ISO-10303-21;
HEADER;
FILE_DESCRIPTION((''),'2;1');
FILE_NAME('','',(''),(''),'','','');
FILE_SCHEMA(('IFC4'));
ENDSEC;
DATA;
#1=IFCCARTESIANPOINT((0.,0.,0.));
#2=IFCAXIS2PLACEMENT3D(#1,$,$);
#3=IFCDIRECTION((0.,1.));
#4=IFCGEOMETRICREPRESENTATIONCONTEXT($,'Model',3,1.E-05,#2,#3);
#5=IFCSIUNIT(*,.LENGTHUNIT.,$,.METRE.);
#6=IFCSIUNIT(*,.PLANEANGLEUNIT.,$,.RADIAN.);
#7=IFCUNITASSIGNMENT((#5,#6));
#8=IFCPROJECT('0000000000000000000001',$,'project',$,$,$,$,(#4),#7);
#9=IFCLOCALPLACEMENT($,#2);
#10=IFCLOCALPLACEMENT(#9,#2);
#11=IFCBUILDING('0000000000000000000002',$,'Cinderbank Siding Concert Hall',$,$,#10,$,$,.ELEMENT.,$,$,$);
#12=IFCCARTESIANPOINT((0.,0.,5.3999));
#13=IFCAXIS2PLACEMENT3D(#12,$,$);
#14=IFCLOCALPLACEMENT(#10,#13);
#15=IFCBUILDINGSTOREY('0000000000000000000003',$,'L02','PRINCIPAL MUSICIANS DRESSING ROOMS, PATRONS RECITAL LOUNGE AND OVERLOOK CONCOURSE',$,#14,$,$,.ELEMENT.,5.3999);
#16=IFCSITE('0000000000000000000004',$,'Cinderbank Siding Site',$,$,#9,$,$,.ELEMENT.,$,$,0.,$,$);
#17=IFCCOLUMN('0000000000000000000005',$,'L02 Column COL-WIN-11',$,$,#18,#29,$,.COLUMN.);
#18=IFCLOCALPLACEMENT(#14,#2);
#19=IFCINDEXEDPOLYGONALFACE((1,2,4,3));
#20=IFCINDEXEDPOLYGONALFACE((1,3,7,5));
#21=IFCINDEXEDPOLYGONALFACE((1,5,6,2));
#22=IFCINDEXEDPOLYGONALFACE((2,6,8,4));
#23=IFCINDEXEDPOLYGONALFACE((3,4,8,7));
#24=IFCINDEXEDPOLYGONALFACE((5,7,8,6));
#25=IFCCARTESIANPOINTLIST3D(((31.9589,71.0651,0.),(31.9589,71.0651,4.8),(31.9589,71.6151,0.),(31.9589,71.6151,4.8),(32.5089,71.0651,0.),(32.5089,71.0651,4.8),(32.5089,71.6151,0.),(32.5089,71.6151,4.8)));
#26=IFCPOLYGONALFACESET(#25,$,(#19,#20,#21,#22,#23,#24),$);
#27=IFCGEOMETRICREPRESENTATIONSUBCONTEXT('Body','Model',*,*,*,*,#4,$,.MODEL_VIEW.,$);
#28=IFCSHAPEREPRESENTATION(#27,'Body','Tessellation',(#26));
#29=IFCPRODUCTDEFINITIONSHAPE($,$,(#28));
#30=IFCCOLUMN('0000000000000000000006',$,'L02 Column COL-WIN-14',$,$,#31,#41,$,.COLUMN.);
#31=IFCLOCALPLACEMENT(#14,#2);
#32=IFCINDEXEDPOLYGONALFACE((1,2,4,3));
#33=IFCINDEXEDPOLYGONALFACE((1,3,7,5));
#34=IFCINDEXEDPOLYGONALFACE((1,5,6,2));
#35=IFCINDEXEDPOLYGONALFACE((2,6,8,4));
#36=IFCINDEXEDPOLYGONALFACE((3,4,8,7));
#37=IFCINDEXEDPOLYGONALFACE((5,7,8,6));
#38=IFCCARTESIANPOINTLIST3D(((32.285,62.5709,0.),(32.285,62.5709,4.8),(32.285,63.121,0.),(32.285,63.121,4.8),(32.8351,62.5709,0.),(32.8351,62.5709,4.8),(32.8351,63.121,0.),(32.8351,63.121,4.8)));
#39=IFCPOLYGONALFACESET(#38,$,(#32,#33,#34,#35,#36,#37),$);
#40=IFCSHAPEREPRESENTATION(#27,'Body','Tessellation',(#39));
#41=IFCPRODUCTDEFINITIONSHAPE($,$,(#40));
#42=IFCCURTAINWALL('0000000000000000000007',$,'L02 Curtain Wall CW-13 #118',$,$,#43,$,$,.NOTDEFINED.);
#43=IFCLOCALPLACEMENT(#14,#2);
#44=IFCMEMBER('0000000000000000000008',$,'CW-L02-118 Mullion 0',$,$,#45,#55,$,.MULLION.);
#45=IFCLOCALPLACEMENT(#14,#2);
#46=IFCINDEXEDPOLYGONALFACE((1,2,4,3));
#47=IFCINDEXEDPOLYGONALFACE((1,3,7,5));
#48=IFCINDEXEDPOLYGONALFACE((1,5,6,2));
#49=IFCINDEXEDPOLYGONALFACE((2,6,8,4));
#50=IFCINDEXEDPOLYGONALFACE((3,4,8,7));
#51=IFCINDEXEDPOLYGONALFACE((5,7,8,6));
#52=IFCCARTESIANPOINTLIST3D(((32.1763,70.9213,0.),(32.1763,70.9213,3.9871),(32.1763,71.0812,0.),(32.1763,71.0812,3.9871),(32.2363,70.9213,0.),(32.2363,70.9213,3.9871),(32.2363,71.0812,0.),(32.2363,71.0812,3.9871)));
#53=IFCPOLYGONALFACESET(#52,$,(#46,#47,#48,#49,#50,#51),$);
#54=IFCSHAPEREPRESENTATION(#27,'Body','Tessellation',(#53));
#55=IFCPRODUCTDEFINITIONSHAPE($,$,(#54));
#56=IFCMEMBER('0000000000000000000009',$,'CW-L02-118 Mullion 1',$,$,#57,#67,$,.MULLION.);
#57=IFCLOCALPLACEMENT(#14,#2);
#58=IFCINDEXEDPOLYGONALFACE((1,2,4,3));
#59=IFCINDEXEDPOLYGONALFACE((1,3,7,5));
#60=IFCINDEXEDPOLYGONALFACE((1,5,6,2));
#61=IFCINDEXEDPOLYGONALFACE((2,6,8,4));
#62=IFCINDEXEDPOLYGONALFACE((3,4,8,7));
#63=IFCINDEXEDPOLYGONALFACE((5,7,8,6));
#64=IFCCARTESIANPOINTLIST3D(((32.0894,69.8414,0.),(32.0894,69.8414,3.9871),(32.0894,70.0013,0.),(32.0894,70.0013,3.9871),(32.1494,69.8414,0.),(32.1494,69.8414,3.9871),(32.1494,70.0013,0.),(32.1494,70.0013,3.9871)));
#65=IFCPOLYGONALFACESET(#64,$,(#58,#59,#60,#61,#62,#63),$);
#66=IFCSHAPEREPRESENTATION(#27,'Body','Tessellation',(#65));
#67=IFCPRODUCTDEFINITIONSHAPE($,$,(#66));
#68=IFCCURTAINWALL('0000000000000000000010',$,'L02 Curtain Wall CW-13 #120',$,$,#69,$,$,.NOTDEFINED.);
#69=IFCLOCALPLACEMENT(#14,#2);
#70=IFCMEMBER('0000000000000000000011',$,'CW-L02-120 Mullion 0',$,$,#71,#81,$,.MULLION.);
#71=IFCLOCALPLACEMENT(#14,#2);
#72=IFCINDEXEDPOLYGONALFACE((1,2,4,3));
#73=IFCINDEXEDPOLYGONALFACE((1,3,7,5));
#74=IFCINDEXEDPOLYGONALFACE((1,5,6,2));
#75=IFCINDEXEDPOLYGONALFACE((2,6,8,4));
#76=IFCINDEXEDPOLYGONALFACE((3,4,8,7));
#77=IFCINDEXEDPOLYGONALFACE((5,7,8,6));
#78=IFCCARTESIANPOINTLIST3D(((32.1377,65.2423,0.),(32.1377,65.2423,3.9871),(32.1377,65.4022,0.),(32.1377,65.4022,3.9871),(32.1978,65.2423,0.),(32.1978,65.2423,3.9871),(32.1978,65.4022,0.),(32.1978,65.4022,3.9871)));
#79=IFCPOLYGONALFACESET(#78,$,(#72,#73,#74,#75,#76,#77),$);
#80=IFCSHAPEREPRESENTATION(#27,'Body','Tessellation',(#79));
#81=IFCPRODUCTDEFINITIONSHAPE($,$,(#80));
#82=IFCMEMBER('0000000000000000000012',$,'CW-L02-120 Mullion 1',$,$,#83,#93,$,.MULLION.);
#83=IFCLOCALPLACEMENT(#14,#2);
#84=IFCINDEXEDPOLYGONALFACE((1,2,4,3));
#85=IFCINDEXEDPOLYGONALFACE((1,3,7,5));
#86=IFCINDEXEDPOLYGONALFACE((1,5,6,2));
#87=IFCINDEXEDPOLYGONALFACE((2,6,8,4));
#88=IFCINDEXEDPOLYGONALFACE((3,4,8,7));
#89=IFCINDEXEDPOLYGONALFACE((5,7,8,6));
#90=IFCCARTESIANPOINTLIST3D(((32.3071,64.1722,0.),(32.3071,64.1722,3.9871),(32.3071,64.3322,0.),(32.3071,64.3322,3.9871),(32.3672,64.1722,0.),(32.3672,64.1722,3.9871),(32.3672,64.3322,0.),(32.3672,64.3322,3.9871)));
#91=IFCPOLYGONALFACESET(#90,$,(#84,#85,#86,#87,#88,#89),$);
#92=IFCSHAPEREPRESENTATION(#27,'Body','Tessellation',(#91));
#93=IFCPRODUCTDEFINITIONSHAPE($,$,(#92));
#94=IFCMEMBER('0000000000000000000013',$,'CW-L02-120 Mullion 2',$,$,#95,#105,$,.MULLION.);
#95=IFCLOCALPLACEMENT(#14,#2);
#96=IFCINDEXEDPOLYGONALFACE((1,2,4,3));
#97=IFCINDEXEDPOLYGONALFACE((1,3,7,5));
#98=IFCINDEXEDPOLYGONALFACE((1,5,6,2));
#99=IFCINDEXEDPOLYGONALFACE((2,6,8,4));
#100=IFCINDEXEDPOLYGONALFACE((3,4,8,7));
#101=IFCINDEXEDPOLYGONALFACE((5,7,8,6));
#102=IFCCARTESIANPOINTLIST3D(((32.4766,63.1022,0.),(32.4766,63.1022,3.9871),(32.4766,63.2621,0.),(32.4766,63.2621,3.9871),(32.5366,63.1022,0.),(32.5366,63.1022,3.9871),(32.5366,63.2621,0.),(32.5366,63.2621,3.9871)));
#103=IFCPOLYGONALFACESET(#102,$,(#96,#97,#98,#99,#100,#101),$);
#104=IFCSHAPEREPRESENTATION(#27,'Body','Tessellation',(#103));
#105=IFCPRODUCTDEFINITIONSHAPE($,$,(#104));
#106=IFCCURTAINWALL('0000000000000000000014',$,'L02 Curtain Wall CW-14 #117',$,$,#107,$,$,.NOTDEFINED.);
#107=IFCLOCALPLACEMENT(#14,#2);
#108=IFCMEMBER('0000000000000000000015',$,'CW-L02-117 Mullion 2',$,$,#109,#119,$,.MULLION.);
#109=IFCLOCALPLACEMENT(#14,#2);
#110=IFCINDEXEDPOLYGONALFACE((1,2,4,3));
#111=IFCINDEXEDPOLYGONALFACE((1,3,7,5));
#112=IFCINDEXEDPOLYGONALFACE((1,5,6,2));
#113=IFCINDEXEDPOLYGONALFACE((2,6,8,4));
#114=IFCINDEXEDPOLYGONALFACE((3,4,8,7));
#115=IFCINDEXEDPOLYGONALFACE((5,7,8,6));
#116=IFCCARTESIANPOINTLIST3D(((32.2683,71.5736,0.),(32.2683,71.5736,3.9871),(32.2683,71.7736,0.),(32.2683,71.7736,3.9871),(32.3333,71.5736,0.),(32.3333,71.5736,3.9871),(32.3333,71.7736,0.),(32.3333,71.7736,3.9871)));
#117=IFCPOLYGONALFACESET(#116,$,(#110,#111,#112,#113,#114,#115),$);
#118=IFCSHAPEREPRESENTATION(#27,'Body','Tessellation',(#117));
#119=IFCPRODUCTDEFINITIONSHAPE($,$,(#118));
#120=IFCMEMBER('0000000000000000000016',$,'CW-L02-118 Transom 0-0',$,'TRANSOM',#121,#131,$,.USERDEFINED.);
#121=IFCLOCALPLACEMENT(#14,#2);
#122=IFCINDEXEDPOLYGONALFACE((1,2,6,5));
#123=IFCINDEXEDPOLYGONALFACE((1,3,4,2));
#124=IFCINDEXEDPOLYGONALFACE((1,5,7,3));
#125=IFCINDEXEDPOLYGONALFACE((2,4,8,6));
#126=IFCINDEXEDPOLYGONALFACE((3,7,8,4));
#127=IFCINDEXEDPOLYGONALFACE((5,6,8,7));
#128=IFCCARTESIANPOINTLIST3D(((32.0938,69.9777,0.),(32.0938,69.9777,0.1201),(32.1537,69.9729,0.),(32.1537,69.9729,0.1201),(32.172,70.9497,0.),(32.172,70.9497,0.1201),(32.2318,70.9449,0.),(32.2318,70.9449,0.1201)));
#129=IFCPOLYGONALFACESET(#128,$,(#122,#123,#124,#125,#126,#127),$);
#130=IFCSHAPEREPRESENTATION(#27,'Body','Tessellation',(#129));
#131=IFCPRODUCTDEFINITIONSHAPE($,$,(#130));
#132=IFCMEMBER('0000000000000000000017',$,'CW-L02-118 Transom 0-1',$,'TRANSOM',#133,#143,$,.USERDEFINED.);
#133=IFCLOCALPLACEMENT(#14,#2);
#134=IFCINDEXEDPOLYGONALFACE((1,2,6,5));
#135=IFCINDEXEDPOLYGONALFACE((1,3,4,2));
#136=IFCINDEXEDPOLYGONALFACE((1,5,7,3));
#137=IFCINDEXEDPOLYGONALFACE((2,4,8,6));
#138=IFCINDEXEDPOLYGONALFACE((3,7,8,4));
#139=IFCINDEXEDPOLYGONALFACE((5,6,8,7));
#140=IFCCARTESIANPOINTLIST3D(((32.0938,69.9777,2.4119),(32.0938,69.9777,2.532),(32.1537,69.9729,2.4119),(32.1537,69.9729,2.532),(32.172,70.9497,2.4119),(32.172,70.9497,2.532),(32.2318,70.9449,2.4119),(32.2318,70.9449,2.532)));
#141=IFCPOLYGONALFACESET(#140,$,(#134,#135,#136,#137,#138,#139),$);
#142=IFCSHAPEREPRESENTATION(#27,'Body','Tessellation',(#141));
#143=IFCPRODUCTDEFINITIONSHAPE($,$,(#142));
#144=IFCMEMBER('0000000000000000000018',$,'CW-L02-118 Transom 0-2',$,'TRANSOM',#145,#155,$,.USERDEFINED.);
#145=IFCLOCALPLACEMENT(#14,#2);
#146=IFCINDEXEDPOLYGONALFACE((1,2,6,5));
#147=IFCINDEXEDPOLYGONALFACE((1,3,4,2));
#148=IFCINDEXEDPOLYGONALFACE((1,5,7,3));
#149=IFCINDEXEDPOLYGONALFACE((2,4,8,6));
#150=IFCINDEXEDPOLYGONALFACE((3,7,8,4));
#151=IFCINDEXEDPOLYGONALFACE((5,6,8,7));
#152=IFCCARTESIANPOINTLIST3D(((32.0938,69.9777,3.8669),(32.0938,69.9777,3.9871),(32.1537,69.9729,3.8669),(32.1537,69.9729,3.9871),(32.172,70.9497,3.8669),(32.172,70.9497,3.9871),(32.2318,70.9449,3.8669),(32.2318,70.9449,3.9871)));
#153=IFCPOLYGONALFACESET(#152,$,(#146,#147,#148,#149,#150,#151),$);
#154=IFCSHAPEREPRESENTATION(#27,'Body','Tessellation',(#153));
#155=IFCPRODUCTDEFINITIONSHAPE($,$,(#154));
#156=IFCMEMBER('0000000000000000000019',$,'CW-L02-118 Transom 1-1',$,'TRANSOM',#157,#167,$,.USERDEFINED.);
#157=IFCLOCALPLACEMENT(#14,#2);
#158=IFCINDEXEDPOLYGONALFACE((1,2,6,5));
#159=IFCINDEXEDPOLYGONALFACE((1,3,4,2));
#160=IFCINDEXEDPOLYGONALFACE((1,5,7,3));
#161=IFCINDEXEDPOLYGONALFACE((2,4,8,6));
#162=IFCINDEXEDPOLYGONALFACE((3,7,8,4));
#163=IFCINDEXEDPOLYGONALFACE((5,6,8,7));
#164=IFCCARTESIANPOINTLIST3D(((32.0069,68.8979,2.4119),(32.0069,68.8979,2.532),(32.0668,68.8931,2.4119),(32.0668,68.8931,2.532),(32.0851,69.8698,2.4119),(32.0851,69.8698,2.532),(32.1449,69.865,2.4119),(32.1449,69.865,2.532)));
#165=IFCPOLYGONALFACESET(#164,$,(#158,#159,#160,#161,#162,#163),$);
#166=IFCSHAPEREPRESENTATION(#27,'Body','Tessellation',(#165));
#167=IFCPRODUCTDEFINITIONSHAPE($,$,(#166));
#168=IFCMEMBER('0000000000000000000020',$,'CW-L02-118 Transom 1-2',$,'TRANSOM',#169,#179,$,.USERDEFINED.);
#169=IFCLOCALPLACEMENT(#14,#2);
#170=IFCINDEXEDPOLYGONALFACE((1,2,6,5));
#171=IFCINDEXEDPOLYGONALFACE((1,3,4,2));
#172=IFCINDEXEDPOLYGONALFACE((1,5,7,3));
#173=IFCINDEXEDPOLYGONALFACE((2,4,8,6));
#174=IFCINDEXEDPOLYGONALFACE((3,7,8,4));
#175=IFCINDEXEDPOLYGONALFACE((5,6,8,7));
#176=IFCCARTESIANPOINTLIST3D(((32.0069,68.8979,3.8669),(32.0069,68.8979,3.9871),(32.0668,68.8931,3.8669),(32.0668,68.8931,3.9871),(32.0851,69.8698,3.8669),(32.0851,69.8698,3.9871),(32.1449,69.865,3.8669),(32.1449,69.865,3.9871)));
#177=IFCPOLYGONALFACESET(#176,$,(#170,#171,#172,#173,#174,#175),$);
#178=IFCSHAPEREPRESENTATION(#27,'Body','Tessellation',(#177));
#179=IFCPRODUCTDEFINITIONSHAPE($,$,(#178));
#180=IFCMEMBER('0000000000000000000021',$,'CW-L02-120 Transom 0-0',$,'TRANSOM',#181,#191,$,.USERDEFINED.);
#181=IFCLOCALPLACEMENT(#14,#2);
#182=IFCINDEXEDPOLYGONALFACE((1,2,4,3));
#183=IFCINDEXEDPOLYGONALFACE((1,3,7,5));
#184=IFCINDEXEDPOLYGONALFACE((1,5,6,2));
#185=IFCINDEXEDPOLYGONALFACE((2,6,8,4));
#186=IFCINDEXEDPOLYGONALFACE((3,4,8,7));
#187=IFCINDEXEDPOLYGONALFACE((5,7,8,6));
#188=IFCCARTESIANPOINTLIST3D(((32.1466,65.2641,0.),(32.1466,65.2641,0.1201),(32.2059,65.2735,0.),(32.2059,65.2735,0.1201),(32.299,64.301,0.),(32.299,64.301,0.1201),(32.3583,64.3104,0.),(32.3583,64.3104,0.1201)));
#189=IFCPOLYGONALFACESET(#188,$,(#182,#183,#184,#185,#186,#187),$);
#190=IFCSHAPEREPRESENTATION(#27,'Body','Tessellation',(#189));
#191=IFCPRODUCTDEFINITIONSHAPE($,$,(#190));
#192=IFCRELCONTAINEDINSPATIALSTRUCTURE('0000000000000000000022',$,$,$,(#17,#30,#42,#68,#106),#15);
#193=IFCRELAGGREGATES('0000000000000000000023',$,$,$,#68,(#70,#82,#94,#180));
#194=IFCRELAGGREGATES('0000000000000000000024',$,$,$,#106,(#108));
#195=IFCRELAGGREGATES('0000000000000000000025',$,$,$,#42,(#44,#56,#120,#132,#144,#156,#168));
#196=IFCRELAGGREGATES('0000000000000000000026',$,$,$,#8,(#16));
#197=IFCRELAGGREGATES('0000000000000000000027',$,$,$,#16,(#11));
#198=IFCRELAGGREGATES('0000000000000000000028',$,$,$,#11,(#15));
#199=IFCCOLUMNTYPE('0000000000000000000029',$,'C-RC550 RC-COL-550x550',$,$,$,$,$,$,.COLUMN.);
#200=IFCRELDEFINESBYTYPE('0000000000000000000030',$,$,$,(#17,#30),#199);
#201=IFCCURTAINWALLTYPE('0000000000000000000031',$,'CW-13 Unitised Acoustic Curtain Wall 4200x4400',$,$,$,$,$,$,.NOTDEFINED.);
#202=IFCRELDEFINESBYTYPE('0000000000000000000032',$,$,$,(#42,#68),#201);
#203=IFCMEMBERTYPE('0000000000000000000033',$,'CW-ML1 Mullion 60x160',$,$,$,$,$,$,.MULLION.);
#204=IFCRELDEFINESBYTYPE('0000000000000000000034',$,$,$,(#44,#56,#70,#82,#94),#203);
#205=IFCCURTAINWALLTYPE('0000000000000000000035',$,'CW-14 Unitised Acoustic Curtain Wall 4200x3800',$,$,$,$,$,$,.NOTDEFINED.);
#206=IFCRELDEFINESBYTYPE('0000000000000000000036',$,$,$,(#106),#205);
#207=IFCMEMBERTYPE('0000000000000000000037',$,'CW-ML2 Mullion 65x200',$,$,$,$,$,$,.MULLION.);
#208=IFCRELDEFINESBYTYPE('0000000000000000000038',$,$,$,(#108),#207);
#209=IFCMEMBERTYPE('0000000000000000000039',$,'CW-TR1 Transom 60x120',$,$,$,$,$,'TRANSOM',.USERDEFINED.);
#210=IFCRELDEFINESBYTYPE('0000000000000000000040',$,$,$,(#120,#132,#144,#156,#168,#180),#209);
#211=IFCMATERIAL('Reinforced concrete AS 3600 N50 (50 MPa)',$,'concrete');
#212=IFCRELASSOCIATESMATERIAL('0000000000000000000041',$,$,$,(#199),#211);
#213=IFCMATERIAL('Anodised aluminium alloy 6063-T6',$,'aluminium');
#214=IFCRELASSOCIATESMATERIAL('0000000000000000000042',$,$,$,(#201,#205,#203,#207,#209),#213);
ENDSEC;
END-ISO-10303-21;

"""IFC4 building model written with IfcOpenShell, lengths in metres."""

from ifc_helpers import new_model, si_unit, direction, frame, origin, origin_2d, place, context, subcontext, project, spatial, rectangle, extrude, material, material_profile, profile_set, type_object, element, aggregate, save


model = new_model("IFC4")

# Units and contexts
model_context = context("Model", 3, precision=1e-05, world=origin(), true_north=direction((0.0, 1.0)))
body_context = subcontext(model_context, "Body", "Model", "MODEL_VIEW")
ifc_project = project(units=[si_unit("LENGTHUNIT", "METRE"), si_unit("PLANEANGLEUNIT", "RADIAN")], contexts=[model_context])

# Site, building, storey
site_placement = place(None, origin())
site = spatial("IfcSite", under=ifc_project, at=site_placement, Name="Cinderbank Siding Site", CompositionType="ELEMENT", RefElevation=0.0)
building_placement = place(site_placement, origin())
building = spatial("IfcBuilding", under=site, at=building_placement, Name="Cinderbank Siding Concert Hall", CompositionType="ELEMENT")
storey_placement = place(building_placement, frame((0.0, 0.0, 5.3999)))
storey = spatial("IfcBuildingStorey", under=building, at=storey_placement, Name="L02", Description="PRINCIPAL MUSICIANS DRESSING ROOMS, PATRONS RECITAL LOUNGE AND OVERLOOK CONCOURSE", CompositionType="ELEMENT", Elevation=5.3999)

# Columns
ifc_material_1 = material(Name="Reinforced concrete AS 3600 N50 (50 MPa)", Category="concrete")
ifc_material_profile_1 = material_profile(ifc_material_1, rectangle(XDim=0.55, YDim=0.55, at=origin_2d()), Name="RC-COL-550x550", Category="LoadBearing")
ifc_profile_set_1 = profile_set([ifc_material_profile_1], Name="Reinforced concrete AS 3600 N50 (50 MPa)")
column_type = type_object("IfcColumnType", Name="C-RC550 RC-COL-550x550", PredefinedType="COLUMN", material=ifc_profile_set_1)
for number, where, z_axis, x_axis, name in (
    (1, (32.2339, 71.3401, 0.0), (0.0, 0.0, 1.0), (1.0, 0.0, 0.0), "L02 Column COL-WIN-11"),
    (2, (32.5601, 62.8459, 0.0), (0.0, 0.0, 1.0), (1.0, 0.0, 0.0), "L02 Column COL-WIN-14"),
):
    element("IfcColumn", number, at=place(storey_placement, frame(where, z_axis=z_axis, x_axis=x_axis)), inside=storey, type_object=column_type, Name=name, PredefinedType="COLUMN", context=body_context, shape_type="SweptSolid", body=[
        extrude(rectangle(XDim=0.55, YDim=0.55, at=origin_2d()), origin(), (0.0, 0.0, 1.0), 4.8),
    ])

# Curtain walls, members
ifc_material_2 = material(Name="Anodised aluminium alloy 6063-T6", Category="aluminium")
curtain_wall_type_1 = type_object("IfcCurtainWallType", Name="CW-13 Unitised Acoustic Curtain Wall 4200x4400", PredefinedType="NOTDEFINED", material=ifc_material_2)
curtain_wall_1_placement = place(storey_placement, origin())
curtain_wall_1 = element("IfcCurtainWall", 3, at=curtain_wall_1_placement, inside=storey, type_object=curtain_wall_type_1, Name="L02 Curtain Wall CW-13 #118", PredefinedType="NOTDEFINED")
ifc_material_profile_2 = material_profile(ifc_material_2, rectangle(XDim=0.0601, YDim=0.1599, at=origin_2d()), Name="ALU-MULL-60x160", Category="LoadBearing")
ifc_profile_set_2 = profile_set([ifc_material_profile_2], Name="Anodised aluminium alloy 6063-T6")
member_type_1 = type_object("IfcMemberType", Name="CW-ML1 Mullion 60x160", PredefinedType="MULLION", material=ifc_profile_set_2)
member_1_placement = place(storey_placement, frame((32.2063, 71.0012, 0.0), z_axis=(0.0, 0.0, 1.0), x_axis=(1.0, 0.0, 0.0)))
member_1 = element("IfcMember", 4, at=member_1_placement, type_object=member_type_1, Name="CW-L02-118 Mullion 0", PredefinedType="MULLION", context=body_context, shape_type="SweptSolid", body=[
    extrude(rectangle(XDim=0.0601, YDim=0.1599, at=origin_2d()), origin(), (0.0, 0.0, 1.0), 3.9871),
])
member_2_placement = place(storey_placement, frame((32.1194, 69.9214, 0.0), z_axis=(0.0, 0.0, 1.0), x_axis=(1.0, 0.0, 0.0)))
member_2 = element("IfcMember", 5, at=member_2_placement, type_object=member_type_1, Name="CW-L02-118 Mullion 1", PredefinedType="MULLION", context=body_context, shape_type="SweptSolid", body=[
    extrude(rectangle(XDim=0.0601, YDim=0.1599, at=origin_2d()), origin(), (0.0, 0.0, 1.0), 3.9871),
])
curtain_wall_2_placement = place(storey_placement, origin())
curtain_wall_2 = element("IfcCurtainWall", 6, at=curtain_wall_2_placement, inside=storey, type_object=curtain_wall_type_1, Name="L02 Curtain Wall CW-13 #120", PredefinedType="NOTDEFINED")
member_3_placement = place(storey_placement, frame((32.1677, 65.3223, 0.0), z_axis=(0.0, 0.0, 1.0), x_axis=(1.0, 0.0, 0.0)))
member_3 = element("IfcMember", 7, at=member_3_placement, type_object=member_type_1, Name="CW-L02-120 Mullion 0", PredefinedType="MULLION", context=body_context, shape_type="SweptSolid", body=[
    extrude(rectangle(XDim=0.0601, YDim=0.1599, at=origin_2d()), origin(), (0.0, 0.0, 1.0), 3.9871),
])
member_4_placement = place(storey_placement, frame((32.3372, 64.2522, 0.0), z_axis=(0.0, 0.0, 1.0), x_axis=(1.0, 0.0, 0.0)))
member_4 = element("IfcMember", 8, at=member_4_placement, type_object=member_type_1, Name="CW-L02-120 Mullion 1", PredefinedType="MULLION", context=body_context, shape_type="SweptSolid", body=[
    extrude(rectangle(XDim=0.0601, YDim=0.1599, at=origin_2d()), origin(), (0.0, 0.0, 1.0), 3.9871),
])
member_5_placement = place(storey_placement, frame((32.5066, 63.1821, 0.0), z_axis=(0.0, 0.0, 1.0), x_axis=(1.0, 0.0, 0.0)))
member_5 = element("IfcMember", 9, at=member_5_placement, type_object=member_type_1, Name="CW-L02-120 Mullion 2", PredefinedType="MULLION", context=body_context, shape_type="SweptSolid", body=[
    extrude(rectangle(XDim=0.0601, YDim=0.1599, at=origin_2d()), origin(), (0.0, 0.0, 1.0), 3.9871),
])

# Curtain wall, member
curtain_wall_type_2 = type_object("IfcCurtainWallType", Name="CW-14 Unitised Acoustic Curtain Wall 4200x3800", PredefinedType="NOTDEFINED", material=ifc_material_2)
curtain_wall_3_placement = place(storey_placement, origin())
curtain_wall_3 = element("IfcCurtainWall", 10, at=curtain_wall_3_placement, inside=storey, type_object=curtain_wall_type_2, Name="L02 Curtain Wall CW-14 #117", PredefinedType="NOTDEFINED")
ifc_material_profile_3 = material_profile(ifc_material_2, rectangle(XDim=0.0649, YDim=0.2, at=origin_2d()), Name="ALU-MULL-65x200", Category="LoadBearing")
ifc_profile_set_3 = profile_set([ifc_material_profile_3], Name="Anodised aluminium alloy 6063-T6")
member_type_2 = type_object("IfcMemberType", Name="CW-ML2 Mullion 65x200", PredefinedType="MULLION", material=ifc_profile_set_3)
member_6_placement = place(storey_placement, frame((32.3008, 71.6736, 0.0), z_axis=(0.0, 0.0, 1.0), x_axis=(1.0, 0.0, 0.0)))
member_6 = element("IfcMember", 11, at=member_6_placement, type_object=member_type_2, Name="CW-L02-117 Mullion 2", PredefinedType="MULLION", context=body_context, shape_type="SweptSolid", body=[
    extrude(rectangle(XDim=0.0649, YDim=0.2, at=origin_2d()), origin(), (0.0, 0.0, 1.0), 3.9871),
])

# Members
ifc_material_profile_4 = material_profile(ifc_material_2, rectangle(XDim=0.0601, YDim=0.1201, at=origin_2d()), Name="ALU-TRAN-60x120", Category="LoadBearing")
ifc_profile_set_4 = profile_set([ifc_material_profile_4], Name="Anodised aluminium alloy 6063-T6")
member_type_3 = type_object("IfcMemberType", Name="CW-TR1 Transom 60x120", ElementType="TRANSOM", PredefinedType="USERDEFINED", material=ifc_profile_set_4)
member_7_placement = place(storey_placement, frame((32.2019, 70.9473, 0.0601), z_axis=(-0.080123, -0.996785, 0.0), x_axis=(0.996785, -0.080123, 0.0)))
member_7 = element("IfcMember", 12, at=member_7_placement, type_object=member_type_3, Name="CW-L02-118 Transom 0-0", ObjectType="TRANSOM", PredefinedType="USERDEFINED", context=body_context, shape_type="SweptSolid", body=[
    extrude(rectangle(XDim=0.0601, YDim=0.1201, at=origin_2d()), origin(), (0.0, 0.0, 1.0), 0.9751),
])
member_8_placement = place(storey_placement, frame((32.2019, 70.9473, 2.4719), z_axis=(-0.080123, -0.996785, 0.0), x_axis=(0.996785, -0.080123, 0.0)))
member_8 = element("IfcMember", 13, at=member_8_placement, type_object=member_type_3, Name="CW-L02-118 Transom 0-1", ObjectType="TRANSOM", PredefinedType="USERDEFINED", context=body_context, shape_type="SweptSolid", body=[
    extrude(rectangle(XDim=0.0601, YDim=0.1201, at=origin_2d()), origin(), (0.0, 0.0, 1.0), 0.9751),
])
member_9_placement = place(storey_placement, frame((32.2019, 70.9473, 3.927), z_axis=(-0.080123, -0.996785, 0.0), x_axis=(0.996785, -0.080123, 0.0)))
member_9 = element("IfcMember", 14, at=member_9_placement, type_object=member_type_3, Name="CW-L02-118 Transom 0-2", ObjectType="TRANSOM", PredefinedType="USERDEFINED", context=body_context, shape_type="SweptSolid", body=[
    extrude(rectangle(XDim=0.0601, YDim=0.1201, at=origin_2d()), origin(), (0.0, 0.0, 1.0), 0.9751),
])
member_10_placement = place(storey_placement, frame((32.115, 69.8674, 2.4719), z_axis=(-0.080123, -0.996785, 0.0), x_axis=(0.996785, -0.080123, 0.0)))
member_10 = element("IfcMember", 15, at=member_10_placement, type_object=member_type_3, Name="CW-L02-118 Transom 1-1", ObjectType="TRANSOM", PredefinedType="USERDEFINED", context=body_context, shape_type="SweptSolid", body=[
    extrude(rectangle(XDim=0.0601, YDim=0.1201, at=origin_2d()), origin(), (0.0, 0.0, 1.0), 0.9751),
])
member_11_placement = place(storey_placement, frame((32.115, 69.8674, 3.927), z_axis=(-0.080123, -0.996785, 0.0), x_axis=(0.996785, -0.080123, 0.0)))
member_11 = element("IfcMember", 16, at=member_11_placement, type_object=member_type_3, Name="CW-L02-118 Transom 1-2", ObjectType="TRANSOM", PredefinedType="USERDEFINED", context=body_context, shape_type="SweptSolid", body=[
    extrude(rectangle(XDim=0.0601, YDim=0.1201, at=origin_2d()), origin(), (0.0, 0.0, 1.0), 0.9751),
])
member_12_placement = place(storey_placement, frame((32.1763, 65.2688, 0.0601), z_axis=(0.156233, -0.98772, 0.0), x_axis=(0.98772, 0.156233, 0.0)))
member_12 = element("IfcMember", 17, at=member_12_placement, type_object=member_type_3, Name="CW-L02-120 Transom 0-0", ObjectType="TRANSOM", PredefinedType="USERDEFINED", context=body_context, shape_type="SweptSolid", body=[
    extrude(rectangle(XDim=0.0601, YDim=0.1201, at=origin_2d()), origin(), (0.0, 0.0, 1.0), 0.9751),
])

aggregate(curtain_wall_2, [member_3, member_4, member_5, member_12])
aggregate(curtain_wall_3, [member_6])
aggregate(curtain_wall_1, [member_1, member_2, member_7, member_8, member_9, member_10, member_11])

save(model, "model.ifc")
